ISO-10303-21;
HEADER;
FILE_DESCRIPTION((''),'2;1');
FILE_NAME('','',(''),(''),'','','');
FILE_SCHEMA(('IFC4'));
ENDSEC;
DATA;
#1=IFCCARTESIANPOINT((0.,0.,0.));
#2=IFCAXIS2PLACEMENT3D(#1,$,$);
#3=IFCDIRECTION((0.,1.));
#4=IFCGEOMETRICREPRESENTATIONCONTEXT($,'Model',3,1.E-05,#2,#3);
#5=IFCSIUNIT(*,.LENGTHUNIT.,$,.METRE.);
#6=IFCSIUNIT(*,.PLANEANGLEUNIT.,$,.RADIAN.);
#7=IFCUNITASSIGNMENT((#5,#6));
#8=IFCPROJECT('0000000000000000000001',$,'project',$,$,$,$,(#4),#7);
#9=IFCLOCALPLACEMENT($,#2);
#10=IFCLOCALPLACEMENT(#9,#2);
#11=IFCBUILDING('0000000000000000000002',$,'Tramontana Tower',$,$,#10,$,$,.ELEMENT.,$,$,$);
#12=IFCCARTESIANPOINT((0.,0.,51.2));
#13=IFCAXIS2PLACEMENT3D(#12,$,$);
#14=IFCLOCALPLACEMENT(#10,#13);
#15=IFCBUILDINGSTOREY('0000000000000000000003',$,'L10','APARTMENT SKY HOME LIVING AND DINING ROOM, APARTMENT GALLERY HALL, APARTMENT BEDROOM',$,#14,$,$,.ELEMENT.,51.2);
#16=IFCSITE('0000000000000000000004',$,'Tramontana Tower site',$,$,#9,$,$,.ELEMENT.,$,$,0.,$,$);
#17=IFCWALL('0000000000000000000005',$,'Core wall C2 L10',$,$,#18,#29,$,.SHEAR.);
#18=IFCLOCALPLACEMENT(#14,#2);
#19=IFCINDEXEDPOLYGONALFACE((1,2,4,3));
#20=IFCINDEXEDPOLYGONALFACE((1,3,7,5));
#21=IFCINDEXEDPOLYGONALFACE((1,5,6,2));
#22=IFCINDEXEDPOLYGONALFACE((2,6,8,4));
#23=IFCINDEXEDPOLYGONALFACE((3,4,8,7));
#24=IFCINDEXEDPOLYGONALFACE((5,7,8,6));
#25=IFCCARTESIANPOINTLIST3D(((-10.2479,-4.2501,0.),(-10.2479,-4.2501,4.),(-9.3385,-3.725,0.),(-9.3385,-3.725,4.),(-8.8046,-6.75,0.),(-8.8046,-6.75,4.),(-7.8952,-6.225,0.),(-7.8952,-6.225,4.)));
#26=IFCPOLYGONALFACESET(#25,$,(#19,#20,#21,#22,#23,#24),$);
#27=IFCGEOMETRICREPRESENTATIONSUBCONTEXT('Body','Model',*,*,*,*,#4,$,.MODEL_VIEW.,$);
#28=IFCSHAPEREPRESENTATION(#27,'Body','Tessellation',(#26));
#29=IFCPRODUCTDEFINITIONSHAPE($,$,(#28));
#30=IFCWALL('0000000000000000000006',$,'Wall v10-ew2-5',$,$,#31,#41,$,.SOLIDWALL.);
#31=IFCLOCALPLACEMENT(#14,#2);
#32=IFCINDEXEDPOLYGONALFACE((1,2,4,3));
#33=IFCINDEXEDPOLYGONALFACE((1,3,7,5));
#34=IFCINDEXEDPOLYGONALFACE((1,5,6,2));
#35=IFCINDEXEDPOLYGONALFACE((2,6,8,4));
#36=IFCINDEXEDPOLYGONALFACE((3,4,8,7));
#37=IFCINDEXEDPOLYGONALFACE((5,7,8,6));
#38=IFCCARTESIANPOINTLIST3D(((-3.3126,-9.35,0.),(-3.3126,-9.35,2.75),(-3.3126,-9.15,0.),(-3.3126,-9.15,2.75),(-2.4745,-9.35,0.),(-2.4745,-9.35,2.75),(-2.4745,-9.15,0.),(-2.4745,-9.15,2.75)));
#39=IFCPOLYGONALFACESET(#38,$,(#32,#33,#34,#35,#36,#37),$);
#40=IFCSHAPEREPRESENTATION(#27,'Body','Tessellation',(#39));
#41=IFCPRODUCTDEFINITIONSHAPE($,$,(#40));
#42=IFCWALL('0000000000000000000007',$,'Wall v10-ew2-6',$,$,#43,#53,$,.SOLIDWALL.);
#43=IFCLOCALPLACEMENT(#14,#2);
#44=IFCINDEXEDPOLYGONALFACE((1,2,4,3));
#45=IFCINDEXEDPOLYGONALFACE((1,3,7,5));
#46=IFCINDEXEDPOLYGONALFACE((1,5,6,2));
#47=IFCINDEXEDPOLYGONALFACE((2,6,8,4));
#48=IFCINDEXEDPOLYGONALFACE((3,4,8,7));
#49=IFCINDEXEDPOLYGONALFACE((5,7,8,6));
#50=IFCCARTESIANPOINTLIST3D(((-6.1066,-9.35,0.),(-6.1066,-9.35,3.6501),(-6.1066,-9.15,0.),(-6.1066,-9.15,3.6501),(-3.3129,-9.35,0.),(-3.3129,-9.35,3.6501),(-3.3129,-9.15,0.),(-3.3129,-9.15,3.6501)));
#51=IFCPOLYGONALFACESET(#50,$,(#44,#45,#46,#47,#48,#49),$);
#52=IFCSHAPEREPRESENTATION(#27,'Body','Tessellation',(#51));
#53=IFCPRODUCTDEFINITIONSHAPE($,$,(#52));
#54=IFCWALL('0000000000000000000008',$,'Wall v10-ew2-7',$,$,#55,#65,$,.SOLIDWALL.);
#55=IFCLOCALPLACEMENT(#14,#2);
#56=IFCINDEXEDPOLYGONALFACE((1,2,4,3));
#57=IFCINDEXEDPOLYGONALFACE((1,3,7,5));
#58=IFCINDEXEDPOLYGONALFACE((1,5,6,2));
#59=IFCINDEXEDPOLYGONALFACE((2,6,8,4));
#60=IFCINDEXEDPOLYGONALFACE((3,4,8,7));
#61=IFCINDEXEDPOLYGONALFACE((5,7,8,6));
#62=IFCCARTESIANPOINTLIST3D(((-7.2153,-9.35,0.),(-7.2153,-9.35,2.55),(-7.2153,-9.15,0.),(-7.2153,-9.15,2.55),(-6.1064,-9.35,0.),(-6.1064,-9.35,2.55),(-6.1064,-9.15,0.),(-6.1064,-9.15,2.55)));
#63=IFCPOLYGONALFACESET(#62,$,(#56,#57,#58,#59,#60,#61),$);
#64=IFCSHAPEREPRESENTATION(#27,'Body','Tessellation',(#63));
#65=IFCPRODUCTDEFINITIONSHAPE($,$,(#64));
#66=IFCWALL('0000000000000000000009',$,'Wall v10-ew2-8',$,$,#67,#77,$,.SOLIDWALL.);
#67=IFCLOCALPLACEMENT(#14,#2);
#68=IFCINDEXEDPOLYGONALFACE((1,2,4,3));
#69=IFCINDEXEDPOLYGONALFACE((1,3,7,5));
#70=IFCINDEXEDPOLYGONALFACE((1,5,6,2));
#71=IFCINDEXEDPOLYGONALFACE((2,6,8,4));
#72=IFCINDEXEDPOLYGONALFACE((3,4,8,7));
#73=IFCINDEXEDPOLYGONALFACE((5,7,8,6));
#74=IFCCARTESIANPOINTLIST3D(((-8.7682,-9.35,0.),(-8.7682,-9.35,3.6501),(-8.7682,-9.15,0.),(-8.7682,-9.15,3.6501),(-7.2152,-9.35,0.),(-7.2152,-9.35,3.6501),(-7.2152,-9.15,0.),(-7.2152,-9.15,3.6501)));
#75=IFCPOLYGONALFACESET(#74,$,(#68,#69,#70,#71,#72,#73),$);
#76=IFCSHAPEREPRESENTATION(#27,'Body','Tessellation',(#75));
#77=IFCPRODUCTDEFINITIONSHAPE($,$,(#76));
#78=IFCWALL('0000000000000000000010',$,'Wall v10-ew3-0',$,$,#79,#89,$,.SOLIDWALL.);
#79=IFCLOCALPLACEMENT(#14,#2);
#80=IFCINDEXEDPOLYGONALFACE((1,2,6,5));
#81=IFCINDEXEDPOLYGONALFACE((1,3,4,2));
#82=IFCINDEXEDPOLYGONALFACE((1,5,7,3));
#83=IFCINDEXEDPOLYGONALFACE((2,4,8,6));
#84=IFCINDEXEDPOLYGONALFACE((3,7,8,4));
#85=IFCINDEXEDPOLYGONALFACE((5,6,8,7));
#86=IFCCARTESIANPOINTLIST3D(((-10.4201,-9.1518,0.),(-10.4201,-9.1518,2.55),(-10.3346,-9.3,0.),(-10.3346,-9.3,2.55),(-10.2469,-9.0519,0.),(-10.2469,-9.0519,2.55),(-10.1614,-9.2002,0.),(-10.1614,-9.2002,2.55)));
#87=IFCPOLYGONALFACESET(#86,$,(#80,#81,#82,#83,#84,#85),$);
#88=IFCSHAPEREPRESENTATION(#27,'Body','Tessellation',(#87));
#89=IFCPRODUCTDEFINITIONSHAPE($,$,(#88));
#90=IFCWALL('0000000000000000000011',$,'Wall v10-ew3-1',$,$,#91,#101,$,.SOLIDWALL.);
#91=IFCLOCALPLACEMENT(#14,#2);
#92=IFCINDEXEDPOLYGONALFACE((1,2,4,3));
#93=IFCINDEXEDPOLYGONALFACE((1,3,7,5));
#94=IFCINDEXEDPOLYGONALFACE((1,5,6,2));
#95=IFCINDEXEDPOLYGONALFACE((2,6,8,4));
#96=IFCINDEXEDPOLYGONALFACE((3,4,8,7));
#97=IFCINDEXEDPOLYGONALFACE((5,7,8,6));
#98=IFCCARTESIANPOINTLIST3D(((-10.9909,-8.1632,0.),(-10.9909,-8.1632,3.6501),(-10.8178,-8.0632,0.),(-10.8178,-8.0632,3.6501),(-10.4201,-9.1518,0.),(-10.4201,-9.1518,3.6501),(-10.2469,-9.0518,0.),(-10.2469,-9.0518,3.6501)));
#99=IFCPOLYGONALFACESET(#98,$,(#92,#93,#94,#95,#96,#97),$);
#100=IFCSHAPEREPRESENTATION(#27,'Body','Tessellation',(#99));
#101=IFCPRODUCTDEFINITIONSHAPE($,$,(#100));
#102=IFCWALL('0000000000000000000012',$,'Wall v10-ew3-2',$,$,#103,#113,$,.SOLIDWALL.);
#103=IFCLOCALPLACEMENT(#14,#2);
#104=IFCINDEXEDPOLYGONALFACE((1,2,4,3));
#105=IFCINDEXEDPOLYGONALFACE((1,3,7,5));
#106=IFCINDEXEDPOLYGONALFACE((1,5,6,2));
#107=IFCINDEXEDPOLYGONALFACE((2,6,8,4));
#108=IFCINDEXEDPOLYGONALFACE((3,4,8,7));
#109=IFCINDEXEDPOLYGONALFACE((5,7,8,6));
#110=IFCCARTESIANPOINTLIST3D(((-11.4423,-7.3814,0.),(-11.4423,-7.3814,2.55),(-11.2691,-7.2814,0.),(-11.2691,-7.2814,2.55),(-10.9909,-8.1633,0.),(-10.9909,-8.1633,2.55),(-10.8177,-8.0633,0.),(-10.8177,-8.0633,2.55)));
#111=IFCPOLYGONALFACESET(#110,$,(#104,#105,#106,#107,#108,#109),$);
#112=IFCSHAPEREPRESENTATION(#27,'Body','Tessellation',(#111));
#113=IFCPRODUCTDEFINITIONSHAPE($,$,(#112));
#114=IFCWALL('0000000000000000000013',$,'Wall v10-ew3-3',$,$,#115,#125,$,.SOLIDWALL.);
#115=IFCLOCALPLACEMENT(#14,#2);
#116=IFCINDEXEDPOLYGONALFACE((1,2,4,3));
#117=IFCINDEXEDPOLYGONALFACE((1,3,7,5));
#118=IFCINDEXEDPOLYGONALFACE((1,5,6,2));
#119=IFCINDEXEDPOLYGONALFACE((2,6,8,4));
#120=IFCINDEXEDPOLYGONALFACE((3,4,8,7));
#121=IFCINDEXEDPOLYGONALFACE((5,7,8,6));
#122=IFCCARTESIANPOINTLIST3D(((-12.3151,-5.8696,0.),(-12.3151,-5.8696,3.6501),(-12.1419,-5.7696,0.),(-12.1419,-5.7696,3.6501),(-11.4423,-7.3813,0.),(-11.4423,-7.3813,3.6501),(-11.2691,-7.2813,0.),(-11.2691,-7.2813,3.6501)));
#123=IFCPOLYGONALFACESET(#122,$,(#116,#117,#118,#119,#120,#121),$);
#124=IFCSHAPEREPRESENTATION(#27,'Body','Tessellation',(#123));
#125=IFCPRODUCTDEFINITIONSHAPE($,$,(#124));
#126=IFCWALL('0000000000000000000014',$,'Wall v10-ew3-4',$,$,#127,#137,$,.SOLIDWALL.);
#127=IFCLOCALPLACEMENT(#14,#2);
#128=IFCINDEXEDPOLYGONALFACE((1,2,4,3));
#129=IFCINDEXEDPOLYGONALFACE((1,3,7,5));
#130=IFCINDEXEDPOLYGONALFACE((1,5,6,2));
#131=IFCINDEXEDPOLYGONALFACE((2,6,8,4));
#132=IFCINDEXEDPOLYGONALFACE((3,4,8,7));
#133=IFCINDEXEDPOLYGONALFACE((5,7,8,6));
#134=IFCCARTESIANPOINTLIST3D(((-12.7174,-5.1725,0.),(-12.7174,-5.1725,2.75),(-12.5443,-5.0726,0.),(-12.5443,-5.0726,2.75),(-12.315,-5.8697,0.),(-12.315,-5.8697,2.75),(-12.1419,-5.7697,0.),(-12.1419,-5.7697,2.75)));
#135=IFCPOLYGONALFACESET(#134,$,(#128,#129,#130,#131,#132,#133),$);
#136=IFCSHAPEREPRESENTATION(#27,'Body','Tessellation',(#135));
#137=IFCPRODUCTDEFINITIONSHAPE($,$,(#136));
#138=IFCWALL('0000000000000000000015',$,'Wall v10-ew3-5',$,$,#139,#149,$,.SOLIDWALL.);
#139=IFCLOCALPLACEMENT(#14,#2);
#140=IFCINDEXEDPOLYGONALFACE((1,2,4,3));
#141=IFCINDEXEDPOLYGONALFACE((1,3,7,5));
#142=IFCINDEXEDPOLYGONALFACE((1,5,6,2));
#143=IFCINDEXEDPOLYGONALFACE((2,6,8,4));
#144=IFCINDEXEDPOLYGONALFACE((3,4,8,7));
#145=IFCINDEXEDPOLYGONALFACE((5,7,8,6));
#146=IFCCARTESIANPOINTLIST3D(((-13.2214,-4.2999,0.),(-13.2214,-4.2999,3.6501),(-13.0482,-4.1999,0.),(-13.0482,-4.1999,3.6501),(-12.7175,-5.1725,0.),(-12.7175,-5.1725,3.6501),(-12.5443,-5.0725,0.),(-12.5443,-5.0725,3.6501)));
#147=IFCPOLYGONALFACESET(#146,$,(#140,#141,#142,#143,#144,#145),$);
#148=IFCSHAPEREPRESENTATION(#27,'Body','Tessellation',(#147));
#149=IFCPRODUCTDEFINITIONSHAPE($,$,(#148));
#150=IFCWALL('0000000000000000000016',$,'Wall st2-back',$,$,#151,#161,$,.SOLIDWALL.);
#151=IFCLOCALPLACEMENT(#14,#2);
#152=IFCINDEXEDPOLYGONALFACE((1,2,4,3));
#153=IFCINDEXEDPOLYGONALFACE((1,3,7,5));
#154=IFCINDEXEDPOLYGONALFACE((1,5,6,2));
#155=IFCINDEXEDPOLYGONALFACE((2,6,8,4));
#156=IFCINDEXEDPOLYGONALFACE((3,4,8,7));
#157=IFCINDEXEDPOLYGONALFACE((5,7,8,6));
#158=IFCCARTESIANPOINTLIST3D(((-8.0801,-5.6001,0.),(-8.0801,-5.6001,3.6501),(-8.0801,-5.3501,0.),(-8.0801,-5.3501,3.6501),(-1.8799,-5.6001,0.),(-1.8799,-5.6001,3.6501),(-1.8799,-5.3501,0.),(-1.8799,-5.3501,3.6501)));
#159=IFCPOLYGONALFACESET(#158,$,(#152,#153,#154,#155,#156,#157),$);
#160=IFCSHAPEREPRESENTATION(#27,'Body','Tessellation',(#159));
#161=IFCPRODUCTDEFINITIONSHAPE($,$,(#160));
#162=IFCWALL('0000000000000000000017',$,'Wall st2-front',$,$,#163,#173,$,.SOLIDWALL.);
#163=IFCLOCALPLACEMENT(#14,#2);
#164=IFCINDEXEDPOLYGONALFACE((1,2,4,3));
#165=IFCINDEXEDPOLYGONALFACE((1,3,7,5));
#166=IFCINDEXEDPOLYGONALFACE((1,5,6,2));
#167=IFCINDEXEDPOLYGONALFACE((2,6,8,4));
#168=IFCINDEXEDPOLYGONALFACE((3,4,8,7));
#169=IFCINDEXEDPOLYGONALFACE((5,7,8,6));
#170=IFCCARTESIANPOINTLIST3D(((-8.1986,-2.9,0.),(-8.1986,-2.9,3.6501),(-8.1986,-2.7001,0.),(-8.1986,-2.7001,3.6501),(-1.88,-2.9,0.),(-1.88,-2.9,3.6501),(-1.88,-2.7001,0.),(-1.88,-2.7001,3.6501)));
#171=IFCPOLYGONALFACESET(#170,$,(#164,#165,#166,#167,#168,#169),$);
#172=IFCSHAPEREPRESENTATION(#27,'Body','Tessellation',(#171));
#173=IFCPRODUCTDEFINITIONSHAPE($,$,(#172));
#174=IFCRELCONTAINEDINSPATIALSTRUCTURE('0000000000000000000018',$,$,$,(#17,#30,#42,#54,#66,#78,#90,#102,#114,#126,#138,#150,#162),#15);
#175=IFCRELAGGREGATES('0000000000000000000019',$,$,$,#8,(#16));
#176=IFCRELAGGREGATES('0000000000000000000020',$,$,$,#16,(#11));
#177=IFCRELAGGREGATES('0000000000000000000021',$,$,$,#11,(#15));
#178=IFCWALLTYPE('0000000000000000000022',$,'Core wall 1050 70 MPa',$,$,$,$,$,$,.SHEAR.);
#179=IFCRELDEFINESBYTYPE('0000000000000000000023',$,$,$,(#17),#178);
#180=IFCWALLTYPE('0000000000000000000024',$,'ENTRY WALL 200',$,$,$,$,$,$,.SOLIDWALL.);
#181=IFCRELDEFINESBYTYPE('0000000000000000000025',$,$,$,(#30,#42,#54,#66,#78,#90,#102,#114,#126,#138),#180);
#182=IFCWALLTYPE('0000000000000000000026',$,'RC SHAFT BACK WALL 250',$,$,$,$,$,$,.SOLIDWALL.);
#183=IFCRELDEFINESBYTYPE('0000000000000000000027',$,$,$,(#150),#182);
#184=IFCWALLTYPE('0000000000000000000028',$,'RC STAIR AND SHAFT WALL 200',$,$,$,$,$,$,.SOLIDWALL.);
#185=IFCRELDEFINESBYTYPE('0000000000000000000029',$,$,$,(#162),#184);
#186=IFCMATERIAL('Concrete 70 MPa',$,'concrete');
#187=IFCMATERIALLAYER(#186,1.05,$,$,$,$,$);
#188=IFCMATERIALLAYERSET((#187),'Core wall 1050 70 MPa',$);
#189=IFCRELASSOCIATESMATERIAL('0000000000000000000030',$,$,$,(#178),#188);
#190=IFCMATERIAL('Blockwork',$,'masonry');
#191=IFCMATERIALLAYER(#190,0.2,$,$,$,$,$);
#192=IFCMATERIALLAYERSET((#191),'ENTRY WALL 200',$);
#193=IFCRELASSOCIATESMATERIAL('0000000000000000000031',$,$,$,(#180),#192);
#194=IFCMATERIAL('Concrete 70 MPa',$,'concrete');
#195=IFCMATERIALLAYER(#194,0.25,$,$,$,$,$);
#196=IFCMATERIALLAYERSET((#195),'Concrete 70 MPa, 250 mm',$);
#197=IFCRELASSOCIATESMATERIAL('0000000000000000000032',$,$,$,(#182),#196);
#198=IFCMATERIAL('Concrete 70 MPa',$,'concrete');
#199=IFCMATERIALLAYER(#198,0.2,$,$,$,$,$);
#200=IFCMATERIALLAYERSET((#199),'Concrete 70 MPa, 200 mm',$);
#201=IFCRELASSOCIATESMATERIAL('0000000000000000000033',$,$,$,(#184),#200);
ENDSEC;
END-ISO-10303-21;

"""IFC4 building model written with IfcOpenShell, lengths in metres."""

from ifc_helpers import new_model, si_unit, direction, frame, frame_2d, origin, place, context, subcontext, project, spatial, rectangle, extrude, material, layer, layer_set, type_object, element, save


model = new_model("IFC4")

# Units and contexts
model_context = context("Model", 3, precision=1e-05, world=origin(), true_north=direction((0.0, 1.0)))
body_context = subcontext(model_context, "Body", "Model", "MODEL_VIEW")
ifc_project = project(units=[si_unit("LENGTHUNIT", "METRE"), si_unit("PLANEANGLEUNIT", "RADIAN")], contexts=[model_context])

# Site, building, storey
site_placement = place(None, origin())
site = spatial("IfcSite", under=ifc_project, at=site_placement, Name="Tramontana Tower site", CompositionType="ELEMENT", RefElevation=0.0)
building_placement = place(site_placement, origin())
building = spatial("IfcBuilding", under=site, at=building_placement, Name="Tramontana Tower", CompositionType="ELEMENT")
storey_placement = place(building_placement, frame((0.0, 0.0, 51.2)))
storey = spatial("IfcBuildingStorey", under=building, at=storey_placement, Name="L10", Description="APARTMENT SKY HOME LIVING AND DINING ROOM, APARTMENT GALLERY HALL, APARTMENT BEDROOM", CompositionType="ELEMENT", Elevation=51.2)

# Wall
ifc_material_1 = material(Name="Concrete 70 MPa", Category="concrete")
ifc_layer_1 = layer(ifc_material_1, 1.05)
ifc_layer_set_1 = layer_set([ifc_layer_1], Name="Core wall 1050 70 MPa")
wall_type_1 = type_object("IfcWallType", Name="Core wall 1050 70 MPa", PredefinedType="SHEAR", material=ifc_layer_set_1)
wall_1_placement = place(storey_placement, frame((-9.7932, -3.9875, 0.0), z_axis=(0.0, 0.0, 1.0), x_axis=(0.499996, -0.866028, 0.0)))
element("IfcWall", 1, at=wall_1_placement, inside=storey, type_object=wall_type_1, Name="Core wall C2 L10", PredefinedType="SHEAR", context=body_context, shape_type="SweptSolid", body=[
    extrude(rectangle(XDim=2.8867, YDim=1.05, at=frame_2d((1.4434, 0.0))), origin(), (0.0, 0.0, 1.0), 4.0),
])

# Walls
ifc_material_2 = material(Name="Blockwork", Category="masonry")
ifc_layer_2 = layer(ifc_material_2, 0.2)
ifc_layer_set_2 = layer_set([ifc_layer_2], Name="ENTRY WALL 200")
wall_type_2 = type_object("IfcWallType", Name="ENTRY WALL 200", PredefinedType="SOLIDWALL", material=ifc_layer_set_2)
wall_2_placement = place(storey_placement, frame((-2.4746, -9.25, 0.0), z_axis=(0.0, 0.0, 1.0), x_axis=(-1.0, 0.0, 0.0)))
element("IfcWall", 2, at=wall_2_placement, inside=storey, type_object=wall_type_2, Name="Wall v10-ew2-5", PredefinedType="SOLIDWALL", context=body_context, shape_type="SweptSolid", body=[
    extrude(rectangle(XDim=0.8381, YDim=0.2, at=frame_2d((0.4189, 0.0))), origin(), (0.0, 0.0, 1.0), 2.75),
])
wall_3_placement = place(storey_placement, frame((-3.3127, -9.25, 0.0), z_axis=(0.0, 0.0, 1.0), x_axis=(-1.0, 0.0, 0.0)))
element("IfcWall", 3, at=wall_3_placement, inside=storey, type_object=wall_type_2, Name="Wall v10-ew2-6", PredefinedType="SOLIDWALL", context=body_context, shape_type="SweptSolid", body=[
    extrude(rectangle(XDim=2.7937, YDim=0.2, at=frame_2d((1.397, 0.0))), origin(), (0.0, 0.0, 1.0), 3.6501),
])
wall_4_placement = place(storey_placement, frame((-6.1064, -9.25, 0.0), z_axis=(0.0, 0.0, 1.0), x_axis=(-1.0, 0.0, 0.0)))
element("IfcWall", 4, at=wall_4_placement, inside=storey, type_object=wall_type_2, Name="Wall v10-ew2-7", PredefinedType="SOLIDWALL", context=body_context, shape_type="SweptSolid", body=[
    extrude(rectangle(XDim=1.1089, YDim=0.2, at=frame_2d((0.5544, 0.0))), origin(), (0.0, 0.0, 1.0), 2.55),
])
wall_5_placement = place(storey_placement, frame((-7.2153, -9.25, 0.0), z_axis=(0.0, 0.0, 1.0), x_axis=(-1.0, 0.0, 0.0)))
element("IfcWall", 5, at=wall_5_placement, inside=storey, type_object=wall_type_2, Name="Wall v10-ew2-8", PredefinedType="SOLIDWALL", context=body_context, shape_type="SweptSolid", body=[
    extrude(rectangle(XDim=1.553, YDim=0.2, at=frame_2d((0.7764, 0.0))), origin(), (0.0, 0.0, 1.0), 3.6501),
])

# Walls
wall_6_placement = place(storey_placement, frame((-10.248, -9.25, 0.0), z_axis=(0.0, 0.0, 1.0), x_axis=(-0.499517, 0.866304, 0.0)))
element("IfcWall", 6, at=wall_6_placement, inside=storey, type_object=wall_type_2, Name="Wall v10-ew3-0", PredefinedType="SOLIDWALL", context=body_context, shape_type="SweptSolid", body=[
    extrude(rectangle(XDim=0.1711, YDim=0.2, at=frame_2d((0.0854, 0.0))), origin(), (0.0, 0.0, 1.0), 2.55),
])
wall_7_placement = place(storey_placement, frame((-10.3335, -9.1018, 0.0), z_axis=(0.0, 0.0, 1.0), x_axis=(-0.50005, 0.865997, 0.0)))
element("IfcWall", 7, at=wall_7_placement, inside=storey, type_object=wall_type_2, Name="Wall v10-ew3-1", PredefinedType="SOLIDWALL", context=body_context, shape_type="SweptSolid", body=[
    extrude(rectangle(XDim=1.1416, YDim=0.2, at=frame_2d((0.5708, 0.0))), origin(), (0.0, 0.0, 1.0), 3.6501),
])
wall_8_placement = place(storey_placement, frame((-10.9043, -8.1133, 0.0), z_axis=(0.0, 0.0, 1.0), x_axis=(-0.499949, 0.866055, 0.0)))
element("IfcWall", 8, at=wall_8_placement, inside=storey, type_object=wall_type_2, Name="Wall v10-ew3-2", PredefinedType="SOLIDWALL", context=body_context, shape_type="SweptSolid", body=[
    extrude(rectangle(XDim=0.9028, YDim=0.2, at=frame_2d((0.4514, 0.0))), origin(), (0.0, 0.0, 1.0), 2.55),
])
wall_9_placement = place(storey_placement, frame((-11.3557, -7.3313, 0.0), z_axis=(0.0, 0.0, 1.0), x_axis=(-0.500005, 0.866023, 0.0)))
element("IfcWall", 9, at=wall_9_placement, inside=storey, type_object=wall_type_2, Name="Wall v10-ew3-3", PredefinedType="SOLIDWALL", context=body_context, shape_type="SweptSolid", body=[
    extrude(rectangle(XDim=1.7456, YDim=0.2, at=frame_2d((0.8728, 0.0))), origin(), (0.0, 0.0, 1.0), 3.6501),
])
wall_10_placement = place(storey_placement, frame((-12.2285, -5.8196, 0.0), z_axis=(0.0, 0.0, 1.0), x_axis=(-0.499924, 0.866069, 0.0)))
element("IfcWall", 10, at=wall_10_placement, inside=storey, type_object=wall_type_2, Name="Wall v10-ew3-4", PredefinedType="SOLIDWALL", context=body_context, shape_type="SweptSolid", body=[
    extrude(rectangle(XDim=0.8049, YDim=0.2, at=frame_2d((0.4023, 0.0))), origin(), (0.0, 0.0, 1.0), 2.75),
])
wall_11_placement = place(storey_placement, frame((-12.6309, -5.1226, 0.0), z_axis=(0.0, 0.0, 1.0), x_axis=(-0.5001, 0.865968, 0.0)))
element("IfcWall", 11, at=wall_11_placement, inside=storey, type_object=wall_type_2, Name="Wall v10-ew3-5", PredefinedType="SOLIDWALL", context=body_context, shape_type="SweptSolid", body=[
    extrude(rectangle(XDim=1.0076, YDim=0.2, at=frame_2d((0.5039, 0.0))), origin(), (0.0, 0.0, 1.0), 3.6501),
])
ifc_material_3 = material(Name="Concrete 70 MPa", Category="concrete")
ifc_layer_3 = layer(ifc_material_3, 0.25)
ifc_layer_set_3 = layer_set([ifc_layer_3], Name="Concrete 70 MPa, 250 mm")
wall_type_3 = type_object("IfcWallType", Name="RC SHAFT BACK WALL 250", PredefinedType="SOLIDWALL", material=ifc_layer_set_3)
wall_12_placement = place(storey_placement, frame((-8.0801, -5.4751, 0.0), z_axis=(0.0, 0.0, 1.0), x_axis=(1.0, 0.0, 0.0)))
element("IfcWall", 12, at=wall_12_placement, inside=storey, type_object=wall_type_3, Name="Wall st2-back", PredefinedType="SOLIDWALL", context=body_context, shape_type="SweptSolid", body=[
    extrude(rectangle(XDim=6.2002, YDim=0.25, at=frame_2d((3.1001, 0.0))), origin(), (0.0, 0.0, 1.0), 3.6501),
])
ifc_material_4 = material(Name="Concrete 70 MPa", Category="concrete")
ifc_layer_4 = layer(ifc_material_4, 0.2)
ifc_layer_set_4 = layer_set([ifc_layer_4], Name="Concrete 70 MPa, 200 mm")
wall_type_4 = type_object("IfcWallType", Name="RC STAIR AND SHAFT WALL 200", PredefinedType="SOLIDWALL", material=ifc_layer_set_4)
wall_13_placement = place(storey_placement, frame((-8.1985, -2.8, 0.0), z_axis=(0.0, 0.0, 1.0), x_axis=(1.0, 0.0, 0.0)))
element("IfcWall", 13, at=wall_13_placement, inside=storey, type_object=wall_type_4, Name="Wall st2-front", PredefinedType="SOLIDWALL", context=body_context, shape_type="SweptSolid", body=[
    extrude(rectangle(XDim=6.3186, YDim=0.2, at=frame_2d((3.1592, 0.0))), origin(), (0.0, 0.0, 1.0), 3.6501),
])

save(model, "model.ifc")
